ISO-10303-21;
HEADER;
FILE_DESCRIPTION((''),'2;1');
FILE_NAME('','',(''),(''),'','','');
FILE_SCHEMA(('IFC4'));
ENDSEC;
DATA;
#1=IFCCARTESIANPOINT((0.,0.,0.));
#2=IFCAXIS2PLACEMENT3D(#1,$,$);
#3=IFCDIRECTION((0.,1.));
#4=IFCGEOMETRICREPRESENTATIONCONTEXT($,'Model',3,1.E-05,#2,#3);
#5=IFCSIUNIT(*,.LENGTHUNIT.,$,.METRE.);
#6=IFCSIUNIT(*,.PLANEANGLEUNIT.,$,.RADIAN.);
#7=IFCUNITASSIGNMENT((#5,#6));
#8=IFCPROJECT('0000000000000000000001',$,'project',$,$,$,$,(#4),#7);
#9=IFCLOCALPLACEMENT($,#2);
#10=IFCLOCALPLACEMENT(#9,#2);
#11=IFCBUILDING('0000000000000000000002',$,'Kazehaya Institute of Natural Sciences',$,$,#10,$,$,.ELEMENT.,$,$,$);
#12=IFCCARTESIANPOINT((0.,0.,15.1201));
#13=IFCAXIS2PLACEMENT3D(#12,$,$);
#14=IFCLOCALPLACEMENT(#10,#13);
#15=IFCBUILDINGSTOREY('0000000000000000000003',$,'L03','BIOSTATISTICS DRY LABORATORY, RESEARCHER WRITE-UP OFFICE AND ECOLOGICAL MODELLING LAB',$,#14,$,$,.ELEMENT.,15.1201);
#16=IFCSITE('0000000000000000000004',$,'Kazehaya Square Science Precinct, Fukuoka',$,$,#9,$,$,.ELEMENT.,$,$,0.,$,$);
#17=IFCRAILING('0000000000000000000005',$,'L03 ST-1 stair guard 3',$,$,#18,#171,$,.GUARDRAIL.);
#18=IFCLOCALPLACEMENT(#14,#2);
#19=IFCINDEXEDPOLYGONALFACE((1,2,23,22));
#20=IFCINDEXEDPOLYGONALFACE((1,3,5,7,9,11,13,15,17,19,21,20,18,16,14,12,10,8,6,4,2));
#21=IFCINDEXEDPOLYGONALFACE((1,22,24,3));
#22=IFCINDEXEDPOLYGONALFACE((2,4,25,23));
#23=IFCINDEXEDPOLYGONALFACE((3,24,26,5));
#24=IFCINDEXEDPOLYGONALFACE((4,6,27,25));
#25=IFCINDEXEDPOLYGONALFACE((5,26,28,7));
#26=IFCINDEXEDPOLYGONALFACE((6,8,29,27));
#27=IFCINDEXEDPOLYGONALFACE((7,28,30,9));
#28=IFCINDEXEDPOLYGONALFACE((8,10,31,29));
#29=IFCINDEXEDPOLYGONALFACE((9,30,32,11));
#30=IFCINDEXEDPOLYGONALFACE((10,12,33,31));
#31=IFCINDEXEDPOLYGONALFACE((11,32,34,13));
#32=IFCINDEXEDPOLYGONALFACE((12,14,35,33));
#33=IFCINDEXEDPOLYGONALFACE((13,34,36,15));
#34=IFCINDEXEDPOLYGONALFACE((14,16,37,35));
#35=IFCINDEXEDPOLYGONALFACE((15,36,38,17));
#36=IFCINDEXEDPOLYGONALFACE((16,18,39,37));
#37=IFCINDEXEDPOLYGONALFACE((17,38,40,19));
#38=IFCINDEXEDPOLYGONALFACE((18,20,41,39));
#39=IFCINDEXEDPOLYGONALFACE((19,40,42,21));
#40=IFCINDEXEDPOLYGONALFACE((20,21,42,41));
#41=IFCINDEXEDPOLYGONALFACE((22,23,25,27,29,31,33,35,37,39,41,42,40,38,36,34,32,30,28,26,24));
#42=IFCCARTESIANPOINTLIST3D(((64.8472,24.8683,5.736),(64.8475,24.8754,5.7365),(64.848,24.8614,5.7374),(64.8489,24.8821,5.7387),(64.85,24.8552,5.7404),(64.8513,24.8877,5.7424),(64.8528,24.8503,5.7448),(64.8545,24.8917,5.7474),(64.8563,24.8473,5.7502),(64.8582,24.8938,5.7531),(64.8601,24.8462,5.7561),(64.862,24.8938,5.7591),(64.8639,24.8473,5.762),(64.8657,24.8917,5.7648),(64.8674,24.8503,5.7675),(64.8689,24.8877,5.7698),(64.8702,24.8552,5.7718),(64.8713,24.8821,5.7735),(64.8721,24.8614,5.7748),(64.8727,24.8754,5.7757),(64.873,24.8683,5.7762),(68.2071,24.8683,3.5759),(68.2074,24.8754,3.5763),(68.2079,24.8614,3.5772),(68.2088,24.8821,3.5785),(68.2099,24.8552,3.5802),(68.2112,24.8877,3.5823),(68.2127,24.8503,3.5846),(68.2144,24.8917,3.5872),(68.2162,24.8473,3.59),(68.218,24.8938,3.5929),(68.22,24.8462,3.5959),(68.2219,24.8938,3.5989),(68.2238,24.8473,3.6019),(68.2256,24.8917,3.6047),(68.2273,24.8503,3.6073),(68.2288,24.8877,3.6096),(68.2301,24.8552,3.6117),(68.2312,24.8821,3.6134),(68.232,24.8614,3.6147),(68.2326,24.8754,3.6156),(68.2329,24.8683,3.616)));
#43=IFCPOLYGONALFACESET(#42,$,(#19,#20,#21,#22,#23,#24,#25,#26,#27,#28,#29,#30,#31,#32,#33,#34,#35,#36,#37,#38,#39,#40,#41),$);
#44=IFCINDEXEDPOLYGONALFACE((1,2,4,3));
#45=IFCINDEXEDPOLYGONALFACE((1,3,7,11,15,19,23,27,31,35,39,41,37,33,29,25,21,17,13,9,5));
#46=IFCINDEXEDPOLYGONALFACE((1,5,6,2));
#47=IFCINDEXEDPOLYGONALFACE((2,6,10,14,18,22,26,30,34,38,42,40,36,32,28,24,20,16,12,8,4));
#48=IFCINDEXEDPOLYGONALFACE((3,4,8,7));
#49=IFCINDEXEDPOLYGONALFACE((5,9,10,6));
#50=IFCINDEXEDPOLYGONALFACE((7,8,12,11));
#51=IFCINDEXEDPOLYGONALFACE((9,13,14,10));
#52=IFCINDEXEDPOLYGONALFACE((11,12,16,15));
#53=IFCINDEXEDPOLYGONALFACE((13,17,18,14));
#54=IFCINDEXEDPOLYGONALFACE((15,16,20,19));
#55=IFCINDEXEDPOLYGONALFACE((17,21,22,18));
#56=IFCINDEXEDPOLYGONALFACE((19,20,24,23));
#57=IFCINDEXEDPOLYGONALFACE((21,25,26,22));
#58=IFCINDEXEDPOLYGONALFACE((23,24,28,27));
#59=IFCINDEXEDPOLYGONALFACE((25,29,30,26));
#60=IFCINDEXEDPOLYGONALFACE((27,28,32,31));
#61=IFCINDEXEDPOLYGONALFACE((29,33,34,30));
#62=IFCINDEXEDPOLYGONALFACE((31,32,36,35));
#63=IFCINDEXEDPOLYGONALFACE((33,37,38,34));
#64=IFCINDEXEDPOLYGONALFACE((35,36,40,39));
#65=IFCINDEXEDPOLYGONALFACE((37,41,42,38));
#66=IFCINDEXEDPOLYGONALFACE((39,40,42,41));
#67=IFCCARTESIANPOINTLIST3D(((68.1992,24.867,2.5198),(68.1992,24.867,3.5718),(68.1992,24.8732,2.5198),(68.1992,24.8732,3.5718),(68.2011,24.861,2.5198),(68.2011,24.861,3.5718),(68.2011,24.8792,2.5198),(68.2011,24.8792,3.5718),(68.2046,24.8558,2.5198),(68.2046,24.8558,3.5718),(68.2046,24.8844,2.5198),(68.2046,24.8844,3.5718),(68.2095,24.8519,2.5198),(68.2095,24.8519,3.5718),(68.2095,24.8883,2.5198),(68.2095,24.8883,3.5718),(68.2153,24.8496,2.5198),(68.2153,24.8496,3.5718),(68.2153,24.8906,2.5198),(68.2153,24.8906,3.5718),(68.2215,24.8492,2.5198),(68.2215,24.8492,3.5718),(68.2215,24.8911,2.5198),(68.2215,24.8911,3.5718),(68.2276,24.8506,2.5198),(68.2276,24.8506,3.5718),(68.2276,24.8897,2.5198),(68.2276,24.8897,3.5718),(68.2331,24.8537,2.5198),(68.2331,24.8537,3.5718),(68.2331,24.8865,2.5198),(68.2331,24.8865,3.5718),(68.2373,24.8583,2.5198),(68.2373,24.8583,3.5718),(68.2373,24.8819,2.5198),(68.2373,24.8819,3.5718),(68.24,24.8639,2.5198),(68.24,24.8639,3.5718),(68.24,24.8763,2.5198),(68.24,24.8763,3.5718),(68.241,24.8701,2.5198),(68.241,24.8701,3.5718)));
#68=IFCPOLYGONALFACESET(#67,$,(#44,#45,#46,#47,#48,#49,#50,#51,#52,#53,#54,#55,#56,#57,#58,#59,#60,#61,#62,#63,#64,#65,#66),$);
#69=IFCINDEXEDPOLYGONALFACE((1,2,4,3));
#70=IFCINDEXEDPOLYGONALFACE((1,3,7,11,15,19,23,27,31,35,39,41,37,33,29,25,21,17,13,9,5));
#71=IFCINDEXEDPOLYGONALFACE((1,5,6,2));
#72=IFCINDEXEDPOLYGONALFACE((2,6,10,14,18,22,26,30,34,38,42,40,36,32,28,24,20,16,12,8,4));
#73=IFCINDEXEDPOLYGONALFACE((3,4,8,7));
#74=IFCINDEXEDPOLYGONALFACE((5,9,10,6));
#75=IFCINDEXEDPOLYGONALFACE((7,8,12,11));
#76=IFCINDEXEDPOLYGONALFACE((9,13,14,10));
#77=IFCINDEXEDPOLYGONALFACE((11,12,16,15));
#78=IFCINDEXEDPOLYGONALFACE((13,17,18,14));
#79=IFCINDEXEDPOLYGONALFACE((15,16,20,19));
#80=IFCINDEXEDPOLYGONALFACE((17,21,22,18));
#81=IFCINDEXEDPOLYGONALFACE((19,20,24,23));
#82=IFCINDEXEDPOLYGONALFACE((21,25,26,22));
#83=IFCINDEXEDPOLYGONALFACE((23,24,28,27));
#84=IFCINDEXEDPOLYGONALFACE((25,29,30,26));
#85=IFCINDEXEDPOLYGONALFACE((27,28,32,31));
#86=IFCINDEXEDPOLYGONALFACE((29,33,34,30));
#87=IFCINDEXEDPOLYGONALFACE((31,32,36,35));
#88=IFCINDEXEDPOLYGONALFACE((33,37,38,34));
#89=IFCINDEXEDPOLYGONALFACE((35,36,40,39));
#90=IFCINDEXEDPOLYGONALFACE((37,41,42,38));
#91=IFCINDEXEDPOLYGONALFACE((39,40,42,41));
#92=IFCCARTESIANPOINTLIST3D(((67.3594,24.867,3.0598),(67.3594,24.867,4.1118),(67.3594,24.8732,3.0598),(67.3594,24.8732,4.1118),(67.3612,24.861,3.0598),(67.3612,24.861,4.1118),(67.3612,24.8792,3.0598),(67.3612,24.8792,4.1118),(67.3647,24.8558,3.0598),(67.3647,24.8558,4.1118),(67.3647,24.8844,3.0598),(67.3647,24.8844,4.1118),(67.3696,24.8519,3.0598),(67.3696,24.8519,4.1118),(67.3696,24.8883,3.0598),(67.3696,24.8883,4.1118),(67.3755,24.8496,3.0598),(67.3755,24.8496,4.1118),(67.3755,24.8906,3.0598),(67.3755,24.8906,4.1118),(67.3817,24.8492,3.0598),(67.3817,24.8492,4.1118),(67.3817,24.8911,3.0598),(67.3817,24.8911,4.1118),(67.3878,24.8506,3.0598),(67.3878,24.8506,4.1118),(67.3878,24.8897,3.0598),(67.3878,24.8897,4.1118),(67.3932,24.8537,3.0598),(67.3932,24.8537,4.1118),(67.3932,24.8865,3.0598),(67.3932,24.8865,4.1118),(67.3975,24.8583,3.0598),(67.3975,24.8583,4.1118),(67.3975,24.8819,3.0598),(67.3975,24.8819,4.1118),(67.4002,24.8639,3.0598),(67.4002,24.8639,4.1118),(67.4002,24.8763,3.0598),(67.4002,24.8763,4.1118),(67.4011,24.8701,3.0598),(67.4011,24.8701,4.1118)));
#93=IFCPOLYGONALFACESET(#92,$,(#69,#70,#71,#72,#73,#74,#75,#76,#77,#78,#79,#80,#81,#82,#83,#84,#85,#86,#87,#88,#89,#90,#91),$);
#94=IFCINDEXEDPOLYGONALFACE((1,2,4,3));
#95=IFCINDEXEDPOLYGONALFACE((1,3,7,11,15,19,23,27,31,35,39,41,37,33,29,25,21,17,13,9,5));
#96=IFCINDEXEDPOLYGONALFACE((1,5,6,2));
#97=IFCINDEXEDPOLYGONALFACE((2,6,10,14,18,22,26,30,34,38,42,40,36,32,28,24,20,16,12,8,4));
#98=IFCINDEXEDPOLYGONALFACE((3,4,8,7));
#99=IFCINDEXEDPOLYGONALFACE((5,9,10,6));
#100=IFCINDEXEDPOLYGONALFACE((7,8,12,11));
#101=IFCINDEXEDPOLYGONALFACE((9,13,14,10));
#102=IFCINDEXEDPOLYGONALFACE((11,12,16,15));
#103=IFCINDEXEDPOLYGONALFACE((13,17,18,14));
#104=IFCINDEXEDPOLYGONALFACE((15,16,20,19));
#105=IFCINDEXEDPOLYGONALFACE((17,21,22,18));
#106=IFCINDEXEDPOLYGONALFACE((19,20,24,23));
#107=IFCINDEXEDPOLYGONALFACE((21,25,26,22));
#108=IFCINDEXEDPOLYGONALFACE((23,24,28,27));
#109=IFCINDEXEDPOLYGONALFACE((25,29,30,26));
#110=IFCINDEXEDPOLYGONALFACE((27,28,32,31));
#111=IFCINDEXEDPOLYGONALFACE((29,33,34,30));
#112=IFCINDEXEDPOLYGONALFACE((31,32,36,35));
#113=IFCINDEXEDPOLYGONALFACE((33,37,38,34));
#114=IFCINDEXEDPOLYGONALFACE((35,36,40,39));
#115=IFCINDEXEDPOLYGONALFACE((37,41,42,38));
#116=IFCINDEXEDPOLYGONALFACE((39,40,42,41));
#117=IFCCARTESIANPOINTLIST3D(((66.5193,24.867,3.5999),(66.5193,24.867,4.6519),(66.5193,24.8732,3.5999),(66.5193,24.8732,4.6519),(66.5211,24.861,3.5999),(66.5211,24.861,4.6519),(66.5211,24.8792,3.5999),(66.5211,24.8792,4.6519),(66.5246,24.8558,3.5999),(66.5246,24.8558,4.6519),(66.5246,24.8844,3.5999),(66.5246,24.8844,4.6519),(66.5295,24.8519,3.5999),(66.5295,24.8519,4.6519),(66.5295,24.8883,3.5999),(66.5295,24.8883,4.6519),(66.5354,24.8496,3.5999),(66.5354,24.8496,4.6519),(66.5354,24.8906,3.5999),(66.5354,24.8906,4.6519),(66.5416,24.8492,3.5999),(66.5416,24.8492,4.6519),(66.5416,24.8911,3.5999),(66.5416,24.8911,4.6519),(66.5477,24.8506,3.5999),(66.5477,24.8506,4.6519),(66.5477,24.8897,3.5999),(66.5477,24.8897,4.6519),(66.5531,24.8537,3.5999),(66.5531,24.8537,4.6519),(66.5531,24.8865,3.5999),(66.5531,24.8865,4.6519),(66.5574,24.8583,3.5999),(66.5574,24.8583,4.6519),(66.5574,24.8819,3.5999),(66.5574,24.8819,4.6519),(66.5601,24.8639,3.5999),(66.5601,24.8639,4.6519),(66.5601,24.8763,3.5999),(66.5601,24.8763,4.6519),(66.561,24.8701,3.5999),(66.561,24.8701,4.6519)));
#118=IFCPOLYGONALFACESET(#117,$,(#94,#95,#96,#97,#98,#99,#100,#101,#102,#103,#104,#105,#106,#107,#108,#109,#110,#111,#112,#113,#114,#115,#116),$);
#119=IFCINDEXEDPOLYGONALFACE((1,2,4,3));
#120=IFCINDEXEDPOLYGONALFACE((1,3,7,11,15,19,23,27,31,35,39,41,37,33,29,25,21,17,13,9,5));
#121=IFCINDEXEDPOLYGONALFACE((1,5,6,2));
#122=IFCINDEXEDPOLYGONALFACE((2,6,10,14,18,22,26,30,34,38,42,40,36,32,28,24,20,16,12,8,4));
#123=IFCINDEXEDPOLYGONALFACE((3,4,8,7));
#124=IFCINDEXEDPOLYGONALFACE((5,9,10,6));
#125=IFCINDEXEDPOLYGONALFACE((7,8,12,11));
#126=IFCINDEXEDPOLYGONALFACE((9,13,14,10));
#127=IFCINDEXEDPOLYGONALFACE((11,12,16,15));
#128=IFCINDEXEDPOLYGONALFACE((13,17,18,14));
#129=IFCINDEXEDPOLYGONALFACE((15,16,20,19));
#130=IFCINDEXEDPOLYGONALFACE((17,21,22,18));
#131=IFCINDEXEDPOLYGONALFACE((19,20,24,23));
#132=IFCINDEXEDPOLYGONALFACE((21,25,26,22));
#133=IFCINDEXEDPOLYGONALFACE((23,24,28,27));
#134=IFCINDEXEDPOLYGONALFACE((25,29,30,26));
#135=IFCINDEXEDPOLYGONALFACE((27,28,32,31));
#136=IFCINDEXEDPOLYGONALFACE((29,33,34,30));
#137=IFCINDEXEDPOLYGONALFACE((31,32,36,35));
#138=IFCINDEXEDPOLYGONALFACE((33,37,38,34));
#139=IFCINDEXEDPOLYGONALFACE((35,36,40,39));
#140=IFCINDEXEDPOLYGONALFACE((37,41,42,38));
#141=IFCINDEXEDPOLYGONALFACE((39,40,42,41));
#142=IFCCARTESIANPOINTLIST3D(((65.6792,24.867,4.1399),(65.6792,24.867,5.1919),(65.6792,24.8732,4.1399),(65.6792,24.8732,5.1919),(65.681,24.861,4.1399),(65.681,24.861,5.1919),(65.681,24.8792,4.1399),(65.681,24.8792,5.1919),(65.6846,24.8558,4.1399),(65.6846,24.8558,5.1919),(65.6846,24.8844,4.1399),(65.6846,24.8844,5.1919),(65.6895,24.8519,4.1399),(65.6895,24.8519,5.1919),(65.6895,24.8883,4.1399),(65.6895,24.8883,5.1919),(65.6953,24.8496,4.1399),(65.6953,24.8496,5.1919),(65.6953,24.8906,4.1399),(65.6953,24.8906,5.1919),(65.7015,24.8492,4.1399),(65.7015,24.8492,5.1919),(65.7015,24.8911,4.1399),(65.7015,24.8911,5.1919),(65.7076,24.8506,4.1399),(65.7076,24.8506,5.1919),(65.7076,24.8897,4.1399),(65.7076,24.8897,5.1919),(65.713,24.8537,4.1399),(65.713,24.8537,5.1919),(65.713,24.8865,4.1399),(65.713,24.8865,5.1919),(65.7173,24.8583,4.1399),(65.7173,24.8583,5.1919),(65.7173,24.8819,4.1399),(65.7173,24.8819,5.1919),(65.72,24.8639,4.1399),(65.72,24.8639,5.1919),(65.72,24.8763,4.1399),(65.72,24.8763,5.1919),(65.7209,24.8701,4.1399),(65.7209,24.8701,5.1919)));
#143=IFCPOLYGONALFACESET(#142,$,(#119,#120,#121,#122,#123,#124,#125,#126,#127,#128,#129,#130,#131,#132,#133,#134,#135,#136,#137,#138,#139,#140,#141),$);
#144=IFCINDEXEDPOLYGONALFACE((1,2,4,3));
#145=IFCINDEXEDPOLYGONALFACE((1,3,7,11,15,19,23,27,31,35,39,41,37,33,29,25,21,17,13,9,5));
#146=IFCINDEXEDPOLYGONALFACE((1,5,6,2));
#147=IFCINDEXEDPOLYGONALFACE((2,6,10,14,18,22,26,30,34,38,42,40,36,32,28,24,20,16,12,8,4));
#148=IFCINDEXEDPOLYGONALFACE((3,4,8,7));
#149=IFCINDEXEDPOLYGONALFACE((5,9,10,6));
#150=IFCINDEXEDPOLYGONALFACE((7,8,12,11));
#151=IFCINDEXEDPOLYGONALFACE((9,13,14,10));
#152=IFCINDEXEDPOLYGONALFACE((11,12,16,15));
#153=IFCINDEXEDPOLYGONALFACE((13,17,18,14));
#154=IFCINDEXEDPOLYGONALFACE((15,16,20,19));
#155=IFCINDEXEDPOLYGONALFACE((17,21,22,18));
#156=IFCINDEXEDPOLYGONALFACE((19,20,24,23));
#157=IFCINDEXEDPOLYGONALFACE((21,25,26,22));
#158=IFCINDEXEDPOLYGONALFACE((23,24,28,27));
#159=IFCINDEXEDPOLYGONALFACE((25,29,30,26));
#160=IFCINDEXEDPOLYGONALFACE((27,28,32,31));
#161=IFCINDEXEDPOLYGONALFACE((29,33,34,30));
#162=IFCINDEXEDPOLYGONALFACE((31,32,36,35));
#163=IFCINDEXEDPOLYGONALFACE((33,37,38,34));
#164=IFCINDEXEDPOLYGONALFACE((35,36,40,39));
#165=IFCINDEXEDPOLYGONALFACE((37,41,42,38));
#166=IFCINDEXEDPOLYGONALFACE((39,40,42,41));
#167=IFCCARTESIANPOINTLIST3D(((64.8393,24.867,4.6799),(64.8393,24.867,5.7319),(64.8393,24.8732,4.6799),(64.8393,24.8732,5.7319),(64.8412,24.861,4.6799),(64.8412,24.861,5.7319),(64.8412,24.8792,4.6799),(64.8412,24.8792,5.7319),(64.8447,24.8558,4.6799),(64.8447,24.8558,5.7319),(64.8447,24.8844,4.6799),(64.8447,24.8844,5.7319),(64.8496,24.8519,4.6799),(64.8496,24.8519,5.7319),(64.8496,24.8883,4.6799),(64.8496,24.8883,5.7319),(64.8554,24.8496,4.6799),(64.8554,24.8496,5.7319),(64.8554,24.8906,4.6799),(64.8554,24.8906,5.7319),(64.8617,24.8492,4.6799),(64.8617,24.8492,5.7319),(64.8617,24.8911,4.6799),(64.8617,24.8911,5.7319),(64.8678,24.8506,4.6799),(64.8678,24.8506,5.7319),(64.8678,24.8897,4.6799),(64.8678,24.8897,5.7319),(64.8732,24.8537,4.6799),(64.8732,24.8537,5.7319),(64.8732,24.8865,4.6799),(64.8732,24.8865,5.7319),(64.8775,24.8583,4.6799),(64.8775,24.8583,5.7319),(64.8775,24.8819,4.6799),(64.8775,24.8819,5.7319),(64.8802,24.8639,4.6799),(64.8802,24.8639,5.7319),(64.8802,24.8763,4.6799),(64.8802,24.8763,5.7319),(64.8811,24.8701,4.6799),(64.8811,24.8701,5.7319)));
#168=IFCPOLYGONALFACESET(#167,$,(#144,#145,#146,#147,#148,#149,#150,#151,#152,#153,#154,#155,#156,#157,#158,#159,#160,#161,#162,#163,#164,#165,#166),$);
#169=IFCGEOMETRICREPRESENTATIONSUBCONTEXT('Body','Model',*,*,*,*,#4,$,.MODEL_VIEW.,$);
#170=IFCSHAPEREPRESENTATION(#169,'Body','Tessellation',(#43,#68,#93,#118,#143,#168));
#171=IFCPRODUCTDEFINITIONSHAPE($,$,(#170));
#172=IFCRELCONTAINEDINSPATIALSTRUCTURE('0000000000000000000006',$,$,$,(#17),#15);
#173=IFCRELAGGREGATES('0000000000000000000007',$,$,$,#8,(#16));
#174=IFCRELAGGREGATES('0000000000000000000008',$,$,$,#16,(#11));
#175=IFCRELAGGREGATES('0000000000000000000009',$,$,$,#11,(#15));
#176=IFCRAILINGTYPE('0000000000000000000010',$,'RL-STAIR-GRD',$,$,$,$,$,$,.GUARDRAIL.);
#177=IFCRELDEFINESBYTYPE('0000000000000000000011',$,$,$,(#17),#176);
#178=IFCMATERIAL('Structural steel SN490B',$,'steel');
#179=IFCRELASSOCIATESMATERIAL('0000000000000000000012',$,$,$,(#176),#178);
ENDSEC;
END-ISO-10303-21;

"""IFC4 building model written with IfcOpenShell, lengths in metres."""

from ifc_helpers import new_model, si_unit, direction, frame, origin, origin_2d, place, context, subcontext, project, spatial, circle, extrude, material, type_object, element, save


model = new_model("IFC4")

# Units and contexts
model_context = context("Model", 3, precision=1e-05, world=origin(), true_north=direction((0.0, 1.0)))
body_context = subcontext(model_context, "Body", "Model", "MODEL_VIEW")
ifc_project = project(units=[si_unit("LENGTHUNIT", "METRE"), si_unit("PLANEANGLEUNIT", "RADIAN")], contexts=[model_context])

# Site, building, storey
site_placement = place(None, origin())
site = spatial("IfcSite", under=ifc_project, at=site_placement, Name="Kazehaya Square Science Precinct, Fukuoka", CompositionType="ELEMENT", RefElevation=0.0)
building_placement = place(site_placement, origin())
building = spatial("IfcBuilding", under=site, at=building_placement, Name="Kazehaya Institute of Natural Sciences", CompositionType="ELEMENT")
storey_placement = place(building_placement, frame((0.0, 0.0, 15.1201)))
storey = spatial("IfcBuildingStorey", under=building, at=storey_placement, Name="L03", Description="BIOSTATISTICS DRY LABORATORY, RESEARCHER WRITE-UP OFFICE AND ECOLOGICAL MODELLING LAB", CompositionType="ELEMENT", Elevation=15.1201)

# Railing
ifc_material_1 = material(Name="Structural steel SN490B", Category="steel")
railing_type_1 = type_object("IfcRailingType", Name="RL-STAIR-GRD", PredefinedType="GUARDRAIL", material=ifc_material_1)
railing_1_placement = place(storey_placement, frame((68.22, 24.8701, 2.5198)))
element("IfcRailing", 1, at=railing_1_placement, inside=storey, type_object=railing_type_1, Name="L03 ST-1 stair guard 3", PredefinedType="GUARDRAIL", context=body_context, shape_type="SweptSolid", body=[
    extrude(circle(Radius=0.0239, at=origin_2d()), frame((0.0, 0.0, 1.0762), z_axis=(-0.841151, 0.0, 0.540801), x_axis=(0.0, -1.0, 0.0)), (0.0, 0.0, 1.0), 3.9944),
    extrude(circle(Radius=0.021, at=origin_2d()), origin(), (0.0, 0.0, 1.0), 1.052),
    extrude(circle(Radius=0.021, at=origin_2d()), frame((-0.8398, 0.0, 0.54)), (0.0, 0.0, 1.0), 1.052),
    extrude(circle(Radius=0.021, at=origin_2d()), frame((-1.6799, 0.0, 1.0801)), (0.0, 0.0, 1.0), 1.052),
    extrude(circle(Radius=0.021, at=origin_2d()), frame((-2.52, 0.0, 1.6201)), (0.0, 0.0, 1.0), 1.052),
    extrude(circle(Radius=0.021, at=origin_2d()), frame((-3.3599, 0.0, 2.1602)), (0.0, 0.0, 1.0), 1.052),
])

save(model, "model.ifc")
